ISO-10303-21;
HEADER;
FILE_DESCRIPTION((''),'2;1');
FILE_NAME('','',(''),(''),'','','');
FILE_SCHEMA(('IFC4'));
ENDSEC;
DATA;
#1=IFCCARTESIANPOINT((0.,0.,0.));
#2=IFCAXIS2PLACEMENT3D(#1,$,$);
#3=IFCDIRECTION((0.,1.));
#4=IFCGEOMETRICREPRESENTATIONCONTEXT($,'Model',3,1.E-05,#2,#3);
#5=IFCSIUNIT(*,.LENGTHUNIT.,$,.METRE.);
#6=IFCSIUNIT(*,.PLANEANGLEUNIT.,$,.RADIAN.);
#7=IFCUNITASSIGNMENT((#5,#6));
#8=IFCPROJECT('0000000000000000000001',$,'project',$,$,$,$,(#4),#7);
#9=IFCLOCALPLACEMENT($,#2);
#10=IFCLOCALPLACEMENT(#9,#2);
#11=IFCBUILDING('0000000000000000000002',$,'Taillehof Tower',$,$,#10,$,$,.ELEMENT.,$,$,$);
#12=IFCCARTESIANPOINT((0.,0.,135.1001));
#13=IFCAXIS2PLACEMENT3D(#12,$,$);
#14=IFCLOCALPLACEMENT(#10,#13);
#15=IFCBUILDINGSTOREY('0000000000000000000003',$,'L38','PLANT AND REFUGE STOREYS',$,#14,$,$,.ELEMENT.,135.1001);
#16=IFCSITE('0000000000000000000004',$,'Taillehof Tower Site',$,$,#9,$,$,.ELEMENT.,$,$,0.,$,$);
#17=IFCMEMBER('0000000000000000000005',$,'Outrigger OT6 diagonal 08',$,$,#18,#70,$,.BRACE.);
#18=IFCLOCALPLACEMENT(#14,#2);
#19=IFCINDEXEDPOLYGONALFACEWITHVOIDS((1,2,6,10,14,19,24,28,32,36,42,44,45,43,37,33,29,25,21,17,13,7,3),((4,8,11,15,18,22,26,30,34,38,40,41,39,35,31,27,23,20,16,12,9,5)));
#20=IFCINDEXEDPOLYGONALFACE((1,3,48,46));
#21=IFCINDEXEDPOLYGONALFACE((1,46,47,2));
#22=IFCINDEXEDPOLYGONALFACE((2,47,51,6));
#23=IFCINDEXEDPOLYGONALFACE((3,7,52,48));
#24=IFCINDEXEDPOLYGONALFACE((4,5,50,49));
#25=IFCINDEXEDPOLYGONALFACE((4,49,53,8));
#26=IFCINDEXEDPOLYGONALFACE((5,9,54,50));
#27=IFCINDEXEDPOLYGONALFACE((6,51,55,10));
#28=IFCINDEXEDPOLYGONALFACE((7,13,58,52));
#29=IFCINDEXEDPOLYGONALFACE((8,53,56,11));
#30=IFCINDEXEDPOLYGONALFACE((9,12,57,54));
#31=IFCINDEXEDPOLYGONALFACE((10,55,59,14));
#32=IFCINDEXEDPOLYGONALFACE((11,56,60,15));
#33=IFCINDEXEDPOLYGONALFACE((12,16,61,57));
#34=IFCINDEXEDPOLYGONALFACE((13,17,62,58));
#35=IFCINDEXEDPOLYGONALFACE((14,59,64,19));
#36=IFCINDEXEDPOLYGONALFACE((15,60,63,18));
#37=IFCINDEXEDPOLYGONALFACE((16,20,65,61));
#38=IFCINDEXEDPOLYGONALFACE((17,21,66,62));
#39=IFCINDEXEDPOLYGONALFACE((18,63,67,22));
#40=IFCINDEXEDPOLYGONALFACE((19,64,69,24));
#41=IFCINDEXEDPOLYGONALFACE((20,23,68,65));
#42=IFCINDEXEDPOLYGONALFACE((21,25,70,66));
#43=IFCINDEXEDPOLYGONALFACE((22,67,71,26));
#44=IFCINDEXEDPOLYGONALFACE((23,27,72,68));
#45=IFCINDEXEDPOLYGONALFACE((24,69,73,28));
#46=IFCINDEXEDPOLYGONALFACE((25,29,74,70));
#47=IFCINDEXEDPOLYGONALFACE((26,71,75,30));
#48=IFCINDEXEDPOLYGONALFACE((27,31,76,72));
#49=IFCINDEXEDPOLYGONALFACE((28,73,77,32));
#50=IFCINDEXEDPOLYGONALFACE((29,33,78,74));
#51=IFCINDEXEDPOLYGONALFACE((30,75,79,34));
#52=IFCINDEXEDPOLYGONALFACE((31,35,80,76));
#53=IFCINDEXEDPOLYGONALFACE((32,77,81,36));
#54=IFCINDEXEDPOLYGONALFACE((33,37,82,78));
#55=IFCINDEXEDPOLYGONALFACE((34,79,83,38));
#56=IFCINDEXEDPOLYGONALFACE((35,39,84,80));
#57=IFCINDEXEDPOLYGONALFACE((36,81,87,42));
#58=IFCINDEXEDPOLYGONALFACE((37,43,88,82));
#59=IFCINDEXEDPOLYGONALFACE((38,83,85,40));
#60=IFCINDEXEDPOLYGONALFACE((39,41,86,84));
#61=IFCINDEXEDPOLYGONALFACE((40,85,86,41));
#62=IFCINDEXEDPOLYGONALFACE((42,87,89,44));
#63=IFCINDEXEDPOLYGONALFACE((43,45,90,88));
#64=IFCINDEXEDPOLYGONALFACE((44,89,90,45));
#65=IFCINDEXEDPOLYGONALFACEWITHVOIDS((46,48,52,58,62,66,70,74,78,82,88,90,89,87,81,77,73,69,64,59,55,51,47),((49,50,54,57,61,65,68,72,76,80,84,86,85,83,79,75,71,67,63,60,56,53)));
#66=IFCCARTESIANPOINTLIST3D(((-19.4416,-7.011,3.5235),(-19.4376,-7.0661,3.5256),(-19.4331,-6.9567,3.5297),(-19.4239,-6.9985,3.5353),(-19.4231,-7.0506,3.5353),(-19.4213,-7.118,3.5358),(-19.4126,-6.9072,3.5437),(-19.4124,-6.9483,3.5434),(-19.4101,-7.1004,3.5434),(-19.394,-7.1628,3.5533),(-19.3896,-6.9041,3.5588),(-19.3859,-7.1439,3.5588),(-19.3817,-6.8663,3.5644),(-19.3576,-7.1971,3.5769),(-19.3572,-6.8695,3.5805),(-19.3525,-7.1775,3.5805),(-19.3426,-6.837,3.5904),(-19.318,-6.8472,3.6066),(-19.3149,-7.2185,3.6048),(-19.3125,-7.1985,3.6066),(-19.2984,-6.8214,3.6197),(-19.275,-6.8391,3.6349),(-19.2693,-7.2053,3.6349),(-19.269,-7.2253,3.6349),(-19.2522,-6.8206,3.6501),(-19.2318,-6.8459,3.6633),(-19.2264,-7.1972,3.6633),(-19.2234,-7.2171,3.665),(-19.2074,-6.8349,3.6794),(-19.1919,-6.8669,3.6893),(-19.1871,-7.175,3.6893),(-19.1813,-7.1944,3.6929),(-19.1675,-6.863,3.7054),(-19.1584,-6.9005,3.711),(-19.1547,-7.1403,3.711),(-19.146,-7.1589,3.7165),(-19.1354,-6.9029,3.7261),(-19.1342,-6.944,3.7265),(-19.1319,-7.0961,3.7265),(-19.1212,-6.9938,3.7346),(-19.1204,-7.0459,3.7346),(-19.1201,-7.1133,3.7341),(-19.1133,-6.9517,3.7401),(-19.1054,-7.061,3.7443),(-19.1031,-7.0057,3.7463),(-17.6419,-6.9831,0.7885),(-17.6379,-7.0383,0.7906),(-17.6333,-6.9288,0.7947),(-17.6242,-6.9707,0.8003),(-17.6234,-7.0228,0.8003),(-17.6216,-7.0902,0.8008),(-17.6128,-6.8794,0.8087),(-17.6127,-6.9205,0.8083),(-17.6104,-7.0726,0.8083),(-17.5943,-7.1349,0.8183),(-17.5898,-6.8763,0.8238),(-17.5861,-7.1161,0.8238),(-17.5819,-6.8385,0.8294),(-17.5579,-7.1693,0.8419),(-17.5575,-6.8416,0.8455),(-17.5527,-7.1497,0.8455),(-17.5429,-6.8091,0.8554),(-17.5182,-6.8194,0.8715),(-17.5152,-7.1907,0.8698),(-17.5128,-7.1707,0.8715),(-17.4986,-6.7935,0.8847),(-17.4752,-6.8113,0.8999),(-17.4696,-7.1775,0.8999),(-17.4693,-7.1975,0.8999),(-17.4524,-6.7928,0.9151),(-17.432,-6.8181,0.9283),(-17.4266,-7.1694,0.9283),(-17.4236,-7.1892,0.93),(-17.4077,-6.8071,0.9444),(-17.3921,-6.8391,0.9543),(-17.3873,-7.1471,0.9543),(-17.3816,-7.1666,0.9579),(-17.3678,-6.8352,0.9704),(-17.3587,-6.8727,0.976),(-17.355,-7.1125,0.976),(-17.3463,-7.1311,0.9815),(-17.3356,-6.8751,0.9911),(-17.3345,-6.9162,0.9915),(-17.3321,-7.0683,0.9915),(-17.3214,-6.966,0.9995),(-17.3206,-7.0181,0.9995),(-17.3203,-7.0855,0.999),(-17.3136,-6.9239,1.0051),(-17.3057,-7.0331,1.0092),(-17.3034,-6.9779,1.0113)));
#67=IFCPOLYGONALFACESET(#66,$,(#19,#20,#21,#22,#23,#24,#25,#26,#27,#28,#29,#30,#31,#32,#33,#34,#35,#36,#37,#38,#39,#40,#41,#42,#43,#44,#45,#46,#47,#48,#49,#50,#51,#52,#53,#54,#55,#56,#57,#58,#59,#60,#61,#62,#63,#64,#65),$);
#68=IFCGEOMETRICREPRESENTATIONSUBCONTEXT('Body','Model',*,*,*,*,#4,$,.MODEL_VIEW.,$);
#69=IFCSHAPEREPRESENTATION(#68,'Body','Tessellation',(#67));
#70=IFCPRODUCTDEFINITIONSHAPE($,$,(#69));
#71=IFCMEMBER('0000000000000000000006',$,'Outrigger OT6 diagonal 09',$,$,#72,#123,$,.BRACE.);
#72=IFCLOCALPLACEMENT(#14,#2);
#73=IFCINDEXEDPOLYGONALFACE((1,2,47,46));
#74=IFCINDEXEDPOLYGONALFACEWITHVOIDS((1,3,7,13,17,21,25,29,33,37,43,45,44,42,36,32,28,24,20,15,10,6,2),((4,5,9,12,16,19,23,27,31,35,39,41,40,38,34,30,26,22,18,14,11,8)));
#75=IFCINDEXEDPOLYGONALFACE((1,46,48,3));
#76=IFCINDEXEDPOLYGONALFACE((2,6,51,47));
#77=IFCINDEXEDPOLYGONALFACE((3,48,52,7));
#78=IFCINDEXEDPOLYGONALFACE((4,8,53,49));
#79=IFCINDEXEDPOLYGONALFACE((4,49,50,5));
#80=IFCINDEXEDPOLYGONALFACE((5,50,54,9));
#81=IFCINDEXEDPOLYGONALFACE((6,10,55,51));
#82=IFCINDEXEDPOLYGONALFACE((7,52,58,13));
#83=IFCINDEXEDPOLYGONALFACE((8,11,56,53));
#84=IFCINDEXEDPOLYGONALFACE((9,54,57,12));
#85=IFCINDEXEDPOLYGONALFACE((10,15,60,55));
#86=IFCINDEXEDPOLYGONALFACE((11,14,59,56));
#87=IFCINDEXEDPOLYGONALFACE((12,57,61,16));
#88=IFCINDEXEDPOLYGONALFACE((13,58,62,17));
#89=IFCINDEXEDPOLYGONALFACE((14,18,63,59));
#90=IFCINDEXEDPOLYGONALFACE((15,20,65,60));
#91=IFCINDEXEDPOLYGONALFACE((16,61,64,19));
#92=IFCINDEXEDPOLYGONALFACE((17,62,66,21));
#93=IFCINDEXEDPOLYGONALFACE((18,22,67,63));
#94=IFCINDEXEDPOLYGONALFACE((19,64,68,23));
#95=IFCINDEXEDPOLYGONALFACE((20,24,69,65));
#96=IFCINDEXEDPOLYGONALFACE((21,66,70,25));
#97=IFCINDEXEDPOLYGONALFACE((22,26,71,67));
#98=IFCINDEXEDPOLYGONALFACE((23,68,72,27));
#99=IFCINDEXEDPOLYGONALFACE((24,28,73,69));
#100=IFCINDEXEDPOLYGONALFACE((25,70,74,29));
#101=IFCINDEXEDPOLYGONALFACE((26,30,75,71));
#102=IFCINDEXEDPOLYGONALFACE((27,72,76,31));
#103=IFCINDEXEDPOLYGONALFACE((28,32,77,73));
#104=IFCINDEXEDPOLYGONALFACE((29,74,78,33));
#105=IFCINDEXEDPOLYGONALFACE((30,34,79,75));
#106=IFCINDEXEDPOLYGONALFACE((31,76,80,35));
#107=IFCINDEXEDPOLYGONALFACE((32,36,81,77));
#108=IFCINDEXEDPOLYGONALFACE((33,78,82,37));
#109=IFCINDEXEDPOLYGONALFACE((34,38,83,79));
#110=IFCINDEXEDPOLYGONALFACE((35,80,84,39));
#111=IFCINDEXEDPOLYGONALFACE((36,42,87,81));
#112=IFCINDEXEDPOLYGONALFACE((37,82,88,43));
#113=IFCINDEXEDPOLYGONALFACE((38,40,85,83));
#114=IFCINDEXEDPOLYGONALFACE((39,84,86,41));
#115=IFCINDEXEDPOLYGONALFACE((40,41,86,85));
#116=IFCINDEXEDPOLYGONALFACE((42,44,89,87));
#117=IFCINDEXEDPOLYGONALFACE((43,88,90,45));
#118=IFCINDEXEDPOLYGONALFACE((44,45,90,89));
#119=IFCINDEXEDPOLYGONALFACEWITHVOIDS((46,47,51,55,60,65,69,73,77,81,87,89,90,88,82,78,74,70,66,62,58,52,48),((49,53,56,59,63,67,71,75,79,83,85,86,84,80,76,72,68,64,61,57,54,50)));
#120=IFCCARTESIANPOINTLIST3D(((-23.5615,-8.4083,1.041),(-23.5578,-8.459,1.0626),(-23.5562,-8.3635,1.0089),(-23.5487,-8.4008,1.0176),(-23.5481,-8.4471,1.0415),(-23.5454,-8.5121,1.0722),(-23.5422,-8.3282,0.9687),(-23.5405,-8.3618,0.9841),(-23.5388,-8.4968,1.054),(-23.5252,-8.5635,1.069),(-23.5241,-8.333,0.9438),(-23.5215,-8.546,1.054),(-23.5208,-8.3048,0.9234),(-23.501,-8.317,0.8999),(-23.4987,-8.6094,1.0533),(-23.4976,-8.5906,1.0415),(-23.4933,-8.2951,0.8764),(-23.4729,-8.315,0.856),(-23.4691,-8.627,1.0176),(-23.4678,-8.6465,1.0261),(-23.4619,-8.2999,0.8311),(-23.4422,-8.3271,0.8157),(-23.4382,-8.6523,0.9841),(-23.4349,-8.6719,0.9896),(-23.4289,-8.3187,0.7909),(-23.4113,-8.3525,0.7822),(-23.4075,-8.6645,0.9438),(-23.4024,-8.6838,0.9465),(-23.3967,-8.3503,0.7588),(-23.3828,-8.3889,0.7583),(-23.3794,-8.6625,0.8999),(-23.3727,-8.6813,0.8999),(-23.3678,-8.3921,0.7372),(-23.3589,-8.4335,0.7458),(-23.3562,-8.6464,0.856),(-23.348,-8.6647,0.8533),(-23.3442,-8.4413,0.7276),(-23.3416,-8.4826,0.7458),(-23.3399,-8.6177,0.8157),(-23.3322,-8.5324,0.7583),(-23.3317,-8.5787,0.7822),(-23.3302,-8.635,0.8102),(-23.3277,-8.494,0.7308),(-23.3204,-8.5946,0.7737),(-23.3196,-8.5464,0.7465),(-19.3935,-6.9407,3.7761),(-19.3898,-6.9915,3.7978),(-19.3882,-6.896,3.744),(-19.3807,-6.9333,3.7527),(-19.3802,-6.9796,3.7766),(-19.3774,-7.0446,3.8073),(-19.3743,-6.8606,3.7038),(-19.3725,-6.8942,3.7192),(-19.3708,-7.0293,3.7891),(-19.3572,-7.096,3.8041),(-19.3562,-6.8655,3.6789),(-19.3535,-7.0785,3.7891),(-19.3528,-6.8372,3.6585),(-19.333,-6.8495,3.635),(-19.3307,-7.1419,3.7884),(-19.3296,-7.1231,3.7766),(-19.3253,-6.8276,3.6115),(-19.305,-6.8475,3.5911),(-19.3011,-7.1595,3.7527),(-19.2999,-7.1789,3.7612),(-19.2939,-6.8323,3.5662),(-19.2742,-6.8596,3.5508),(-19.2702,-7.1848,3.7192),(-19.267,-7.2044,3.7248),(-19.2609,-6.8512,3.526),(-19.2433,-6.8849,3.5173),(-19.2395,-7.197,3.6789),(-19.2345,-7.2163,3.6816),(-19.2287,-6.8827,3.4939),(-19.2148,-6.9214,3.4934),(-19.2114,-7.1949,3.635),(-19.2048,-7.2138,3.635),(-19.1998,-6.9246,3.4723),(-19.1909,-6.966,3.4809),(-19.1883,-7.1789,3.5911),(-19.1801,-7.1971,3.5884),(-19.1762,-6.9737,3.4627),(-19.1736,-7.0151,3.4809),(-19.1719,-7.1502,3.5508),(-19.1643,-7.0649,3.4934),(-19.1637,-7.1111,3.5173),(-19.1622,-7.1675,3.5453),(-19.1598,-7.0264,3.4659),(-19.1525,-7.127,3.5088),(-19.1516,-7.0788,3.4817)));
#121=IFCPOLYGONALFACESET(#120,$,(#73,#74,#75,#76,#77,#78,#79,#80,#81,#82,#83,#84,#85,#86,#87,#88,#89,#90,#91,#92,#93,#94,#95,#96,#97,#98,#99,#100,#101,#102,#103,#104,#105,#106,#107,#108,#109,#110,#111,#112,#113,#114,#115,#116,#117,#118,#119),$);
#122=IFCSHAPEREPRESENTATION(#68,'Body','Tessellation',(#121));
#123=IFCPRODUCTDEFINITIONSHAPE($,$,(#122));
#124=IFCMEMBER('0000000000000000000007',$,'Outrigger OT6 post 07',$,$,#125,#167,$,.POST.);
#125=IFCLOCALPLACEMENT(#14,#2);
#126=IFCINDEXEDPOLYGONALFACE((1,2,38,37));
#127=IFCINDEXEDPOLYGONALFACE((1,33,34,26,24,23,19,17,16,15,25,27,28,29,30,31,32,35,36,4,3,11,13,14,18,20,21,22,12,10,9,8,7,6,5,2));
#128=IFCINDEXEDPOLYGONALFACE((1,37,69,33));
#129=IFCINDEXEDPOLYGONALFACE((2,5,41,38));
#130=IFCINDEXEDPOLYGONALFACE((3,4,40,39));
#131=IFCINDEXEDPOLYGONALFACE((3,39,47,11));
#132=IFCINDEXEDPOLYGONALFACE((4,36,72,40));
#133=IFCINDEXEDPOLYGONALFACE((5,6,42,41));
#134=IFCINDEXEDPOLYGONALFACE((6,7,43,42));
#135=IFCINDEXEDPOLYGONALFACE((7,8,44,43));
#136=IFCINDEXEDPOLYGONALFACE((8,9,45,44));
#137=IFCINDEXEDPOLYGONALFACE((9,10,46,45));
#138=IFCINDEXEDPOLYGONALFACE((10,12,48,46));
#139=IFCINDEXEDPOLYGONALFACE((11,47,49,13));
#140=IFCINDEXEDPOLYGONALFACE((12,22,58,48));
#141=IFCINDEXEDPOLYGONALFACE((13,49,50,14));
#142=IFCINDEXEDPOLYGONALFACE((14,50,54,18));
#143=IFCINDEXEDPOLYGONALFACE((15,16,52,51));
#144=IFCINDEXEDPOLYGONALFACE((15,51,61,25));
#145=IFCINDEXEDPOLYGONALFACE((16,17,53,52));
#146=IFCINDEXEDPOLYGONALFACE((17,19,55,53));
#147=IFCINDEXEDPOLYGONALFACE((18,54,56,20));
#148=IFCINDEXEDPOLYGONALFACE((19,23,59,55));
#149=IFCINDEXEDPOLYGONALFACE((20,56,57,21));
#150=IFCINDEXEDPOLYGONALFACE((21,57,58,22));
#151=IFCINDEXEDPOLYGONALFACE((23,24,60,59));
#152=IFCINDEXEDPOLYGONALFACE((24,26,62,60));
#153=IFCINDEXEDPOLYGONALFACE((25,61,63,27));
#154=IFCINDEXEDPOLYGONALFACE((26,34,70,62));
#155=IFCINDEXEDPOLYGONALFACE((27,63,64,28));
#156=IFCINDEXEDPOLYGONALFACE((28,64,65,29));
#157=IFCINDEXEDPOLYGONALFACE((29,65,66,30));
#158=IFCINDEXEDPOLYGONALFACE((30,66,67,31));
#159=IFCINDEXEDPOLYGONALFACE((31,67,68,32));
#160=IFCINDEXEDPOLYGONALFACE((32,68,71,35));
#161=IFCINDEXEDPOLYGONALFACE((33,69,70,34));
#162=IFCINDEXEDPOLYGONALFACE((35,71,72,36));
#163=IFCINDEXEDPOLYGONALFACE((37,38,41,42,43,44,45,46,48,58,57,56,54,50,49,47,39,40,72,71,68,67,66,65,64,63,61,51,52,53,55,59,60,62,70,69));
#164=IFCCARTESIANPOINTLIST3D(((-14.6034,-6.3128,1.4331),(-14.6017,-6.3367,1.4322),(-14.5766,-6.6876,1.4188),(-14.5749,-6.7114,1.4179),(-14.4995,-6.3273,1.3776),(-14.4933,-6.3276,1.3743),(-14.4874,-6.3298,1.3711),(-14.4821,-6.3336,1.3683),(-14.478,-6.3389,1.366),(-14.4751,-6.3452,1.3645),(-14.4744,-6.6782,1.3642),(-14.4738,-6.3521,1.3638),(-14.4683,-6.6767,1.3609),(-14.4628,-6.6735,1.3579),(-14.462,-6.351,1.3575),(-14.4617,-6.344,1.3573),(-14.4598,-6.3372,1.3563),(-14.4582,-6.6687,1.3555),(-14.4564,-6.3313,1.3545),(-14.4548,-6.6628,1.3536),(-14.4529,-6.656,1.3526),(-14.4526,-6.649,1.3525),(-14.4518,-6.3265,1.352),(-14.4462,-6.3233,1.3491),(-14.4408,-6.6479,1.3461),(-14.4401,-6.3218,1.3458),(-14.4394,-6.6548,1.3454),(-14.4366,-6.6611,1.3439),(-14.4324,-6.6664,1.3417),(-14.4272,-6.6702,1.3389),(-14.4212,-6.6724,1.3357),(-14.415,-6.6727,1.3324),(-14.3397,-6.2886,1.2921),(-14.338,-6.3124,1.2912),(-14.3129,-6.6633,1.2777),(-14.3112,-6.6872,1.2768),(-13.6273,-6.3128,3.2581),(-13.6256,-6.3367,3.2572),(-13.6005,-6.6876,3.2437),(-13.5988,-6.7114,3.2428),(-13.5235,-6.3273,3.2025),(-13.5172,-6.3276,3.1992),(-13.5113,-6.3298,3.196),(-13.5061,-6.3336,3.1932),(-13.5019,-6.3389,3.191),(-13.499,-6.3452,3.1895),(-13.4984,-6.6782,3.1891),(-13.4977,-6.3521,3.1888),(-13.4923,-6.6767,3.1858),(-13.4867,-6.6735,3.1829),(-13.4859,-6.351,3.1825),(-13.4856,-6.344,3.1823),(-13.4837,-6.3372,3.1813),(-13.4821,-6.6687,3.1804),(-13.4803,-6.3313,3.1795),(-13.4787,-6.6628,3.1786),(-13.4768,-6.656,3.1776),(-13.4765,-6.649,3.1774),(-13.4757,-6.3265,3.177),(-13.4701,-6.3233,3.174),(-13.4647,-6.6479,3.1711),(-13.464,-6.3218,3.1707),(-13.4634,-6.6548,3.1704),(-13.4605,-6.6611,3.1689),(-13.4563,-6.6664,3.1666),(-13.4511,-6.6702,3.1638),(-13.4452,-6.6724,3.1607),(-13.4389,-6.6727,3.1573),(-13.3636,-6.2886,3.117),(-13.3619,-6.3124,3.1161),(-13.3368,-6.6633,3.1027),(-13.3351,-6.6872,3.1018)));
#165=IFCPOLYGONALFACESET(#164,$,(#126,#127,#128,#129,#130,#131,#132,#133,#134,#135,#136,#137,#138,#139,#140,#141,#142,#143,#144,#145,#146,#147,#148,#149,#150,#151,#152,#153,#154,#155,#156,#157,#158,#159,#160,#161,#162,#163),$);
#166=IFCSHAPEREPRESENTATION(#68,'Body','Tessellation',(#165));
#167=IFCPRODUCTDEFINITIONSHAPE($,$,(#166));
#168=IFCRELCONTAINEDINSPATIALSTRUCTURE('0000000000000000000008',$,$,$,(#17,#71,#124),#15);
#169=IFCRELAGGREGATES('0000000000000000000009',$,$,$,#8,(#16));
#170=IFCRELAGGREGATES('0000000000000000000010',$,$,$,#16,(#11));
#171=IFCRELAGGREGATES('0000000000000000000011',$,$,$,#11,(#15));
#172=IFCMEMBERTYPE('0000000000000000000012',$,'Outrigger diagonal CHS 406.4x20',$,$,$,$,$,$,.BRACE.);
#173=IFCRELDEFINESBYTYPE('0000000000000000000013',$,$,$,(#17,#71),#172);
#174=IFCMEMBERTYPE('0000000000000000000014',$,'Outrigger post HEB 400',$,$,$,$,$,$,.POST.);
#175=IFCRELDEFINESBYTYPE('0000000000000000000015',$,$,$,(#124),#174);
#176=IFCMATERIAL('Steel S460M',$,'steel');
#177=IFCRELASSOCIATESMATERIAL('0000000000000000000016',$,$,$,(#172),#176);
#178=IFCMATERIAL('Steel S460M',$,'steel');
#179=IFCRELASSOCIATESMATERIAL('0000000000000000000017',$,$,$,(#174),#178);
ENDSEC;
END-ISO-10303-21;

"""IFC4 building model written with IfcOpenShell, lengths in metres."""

from ifc_helpers import new_model, si_unit, direction, frame, origin, origin_2d, place, context, subcontext, project, spatial, hollow_circle, i_section, extrude, material, material_profile, profile_set, type_object, element, save


model = new_model("IFC4")

# Units and contexts
model_context = context("Model", 3, precision=1e-05, world=origin(), true_north=direction((0.0, 1.0)))
body_context = subcontext(model_context, "Body", "Model", "MODEL_VIEW")
ifc_project = project(units=[si_unit("LENGTHUNIT", "METRE"), si_unit("PLANEANGLEUNIT", "RADIAN")], contexts=[model_context])

# Site, building, storey
site_placement = place(None, origin())
site = spatial("IfcSite", under=ifc_project, at=site_placement, Name="Taillehof Tower Site", CompositionType="ELEMENT", RefElevation=0.0)
building_placement = place(site_placement, origin())
building = spatial("IfcBuilding", under=site, at=building_placement, Name="Taillehof Tower", CompositionType="ELEMENT")
storey_placement = place(building_placement, frame((0.0, 0.0, 135.1001)))
storey = spatial("IfcBuildingStorey", under=building, at=storey_placement, Name="L38", Description="PLANT AND REFUGE STOREYS", CompositionType="ELEMENT", Elevation=135.1001)

# Members
ifc_material_1 = material(Name="Steel S460M", Category="steel")
ifc_material_profile_1 = material_profile(ifc_material_1, hollow_circle(Radius=0.2031, WallThickness=0.02, at=origin_2d()), Name="CHS 406.4x20")
ifc_profile_set_1 = profile_set([ifc_material_profile_1], Name="Steel S460M")
member_type_1 = type_object("IfcMemberType", Name="Outrigger diagonal CHS 406.4x20", PredefinedType="BRACE", material=ifc_profile_set_1)
member_1_placement = place(storey_placement, frame((-17.4724, -6.9944, 0.8999), z_axis=(-0.54968, -0.0085, 0.835332), x_axis=(0.015462, -0.99988, 0.0)))
element("IfcMember", 1, at=member_1_placement, inside=storey, type_object=member_type_1, Name="Outrigger OT6 diagonal 08", PredefinedType="BRACE", context=body_context, shape_type="SweptSolid", body=[
    extrude(hollow_circle(Radius=0.2031, WallThickness=0.02, at=origin_2d()), origin(), (0.0, 0.0, 1.0), 3.2742),
])
member_2_placement = place(storey_placement, frame((-19.2722, -7.0222, 3.635), z_axis=(-0.802031, -0.282393, -0.526309), x_axis=(0.332112, -0.94324, 0.0)))
element("IfcMember", 2, at=member_2_placement, inside=storey, type_object=member_type_1, Name="Outrigger OT6 diagonal 09", PredefinedType="BRACE", context=body_context, shape_type="SweptSolid", body=[
    extrude(hollow_circle(Radius=0.2031, WallThickness=0.02, at=origin_2d()), origin(), (0.0, 0.0, 1.0), 5.1968),
])
ifc_material_2 = material(Name="Steel S460M", Category="steel")
ifc_material_profile_2 = material_profile(ifc_material_2, i_section(OverallWidth=0.3, OverallDepth=0.3999, WebThickness=0.0134, FlangeThickness=0.0239, FilletRadius=0.0271, at=origin_2d()), Name="HEB 400")
ifc_profile_set_2 = profile_set([ifc_material_profile_2], Name="Steel S460M")
member_type_2 = type_object("IfcMemberType", Name="Outrigger post HEB 400", PredefinedType="POST", material=ifc_profile_set_2)
member_3_placement = place(storey_placement, frame((-14.4573, -6.5, 1.355), z_axis=(0.471629, 0.0, 0.881797), x_axis=(-0.878908, -0.080878, 0.470084)))
element("IfcMember", 3, at=member_3_placement, inside=storey, type_object=member_type_2, Name="Outrigger OT6 post 07", PredefinedType="POST", context=body_context, shape_type="SweptSolid", body=[
    extrude(i_section(OverallWidth=0.3, OverallDepth=0.3999, WebThickness=0.0134, FlangeThickness=0.0239, FilletRadius=0.0271, at=origin_2d()), origin(), (0.0, 0.0, 1.0), 2.0696),
])

save(model, "model.ifc")
